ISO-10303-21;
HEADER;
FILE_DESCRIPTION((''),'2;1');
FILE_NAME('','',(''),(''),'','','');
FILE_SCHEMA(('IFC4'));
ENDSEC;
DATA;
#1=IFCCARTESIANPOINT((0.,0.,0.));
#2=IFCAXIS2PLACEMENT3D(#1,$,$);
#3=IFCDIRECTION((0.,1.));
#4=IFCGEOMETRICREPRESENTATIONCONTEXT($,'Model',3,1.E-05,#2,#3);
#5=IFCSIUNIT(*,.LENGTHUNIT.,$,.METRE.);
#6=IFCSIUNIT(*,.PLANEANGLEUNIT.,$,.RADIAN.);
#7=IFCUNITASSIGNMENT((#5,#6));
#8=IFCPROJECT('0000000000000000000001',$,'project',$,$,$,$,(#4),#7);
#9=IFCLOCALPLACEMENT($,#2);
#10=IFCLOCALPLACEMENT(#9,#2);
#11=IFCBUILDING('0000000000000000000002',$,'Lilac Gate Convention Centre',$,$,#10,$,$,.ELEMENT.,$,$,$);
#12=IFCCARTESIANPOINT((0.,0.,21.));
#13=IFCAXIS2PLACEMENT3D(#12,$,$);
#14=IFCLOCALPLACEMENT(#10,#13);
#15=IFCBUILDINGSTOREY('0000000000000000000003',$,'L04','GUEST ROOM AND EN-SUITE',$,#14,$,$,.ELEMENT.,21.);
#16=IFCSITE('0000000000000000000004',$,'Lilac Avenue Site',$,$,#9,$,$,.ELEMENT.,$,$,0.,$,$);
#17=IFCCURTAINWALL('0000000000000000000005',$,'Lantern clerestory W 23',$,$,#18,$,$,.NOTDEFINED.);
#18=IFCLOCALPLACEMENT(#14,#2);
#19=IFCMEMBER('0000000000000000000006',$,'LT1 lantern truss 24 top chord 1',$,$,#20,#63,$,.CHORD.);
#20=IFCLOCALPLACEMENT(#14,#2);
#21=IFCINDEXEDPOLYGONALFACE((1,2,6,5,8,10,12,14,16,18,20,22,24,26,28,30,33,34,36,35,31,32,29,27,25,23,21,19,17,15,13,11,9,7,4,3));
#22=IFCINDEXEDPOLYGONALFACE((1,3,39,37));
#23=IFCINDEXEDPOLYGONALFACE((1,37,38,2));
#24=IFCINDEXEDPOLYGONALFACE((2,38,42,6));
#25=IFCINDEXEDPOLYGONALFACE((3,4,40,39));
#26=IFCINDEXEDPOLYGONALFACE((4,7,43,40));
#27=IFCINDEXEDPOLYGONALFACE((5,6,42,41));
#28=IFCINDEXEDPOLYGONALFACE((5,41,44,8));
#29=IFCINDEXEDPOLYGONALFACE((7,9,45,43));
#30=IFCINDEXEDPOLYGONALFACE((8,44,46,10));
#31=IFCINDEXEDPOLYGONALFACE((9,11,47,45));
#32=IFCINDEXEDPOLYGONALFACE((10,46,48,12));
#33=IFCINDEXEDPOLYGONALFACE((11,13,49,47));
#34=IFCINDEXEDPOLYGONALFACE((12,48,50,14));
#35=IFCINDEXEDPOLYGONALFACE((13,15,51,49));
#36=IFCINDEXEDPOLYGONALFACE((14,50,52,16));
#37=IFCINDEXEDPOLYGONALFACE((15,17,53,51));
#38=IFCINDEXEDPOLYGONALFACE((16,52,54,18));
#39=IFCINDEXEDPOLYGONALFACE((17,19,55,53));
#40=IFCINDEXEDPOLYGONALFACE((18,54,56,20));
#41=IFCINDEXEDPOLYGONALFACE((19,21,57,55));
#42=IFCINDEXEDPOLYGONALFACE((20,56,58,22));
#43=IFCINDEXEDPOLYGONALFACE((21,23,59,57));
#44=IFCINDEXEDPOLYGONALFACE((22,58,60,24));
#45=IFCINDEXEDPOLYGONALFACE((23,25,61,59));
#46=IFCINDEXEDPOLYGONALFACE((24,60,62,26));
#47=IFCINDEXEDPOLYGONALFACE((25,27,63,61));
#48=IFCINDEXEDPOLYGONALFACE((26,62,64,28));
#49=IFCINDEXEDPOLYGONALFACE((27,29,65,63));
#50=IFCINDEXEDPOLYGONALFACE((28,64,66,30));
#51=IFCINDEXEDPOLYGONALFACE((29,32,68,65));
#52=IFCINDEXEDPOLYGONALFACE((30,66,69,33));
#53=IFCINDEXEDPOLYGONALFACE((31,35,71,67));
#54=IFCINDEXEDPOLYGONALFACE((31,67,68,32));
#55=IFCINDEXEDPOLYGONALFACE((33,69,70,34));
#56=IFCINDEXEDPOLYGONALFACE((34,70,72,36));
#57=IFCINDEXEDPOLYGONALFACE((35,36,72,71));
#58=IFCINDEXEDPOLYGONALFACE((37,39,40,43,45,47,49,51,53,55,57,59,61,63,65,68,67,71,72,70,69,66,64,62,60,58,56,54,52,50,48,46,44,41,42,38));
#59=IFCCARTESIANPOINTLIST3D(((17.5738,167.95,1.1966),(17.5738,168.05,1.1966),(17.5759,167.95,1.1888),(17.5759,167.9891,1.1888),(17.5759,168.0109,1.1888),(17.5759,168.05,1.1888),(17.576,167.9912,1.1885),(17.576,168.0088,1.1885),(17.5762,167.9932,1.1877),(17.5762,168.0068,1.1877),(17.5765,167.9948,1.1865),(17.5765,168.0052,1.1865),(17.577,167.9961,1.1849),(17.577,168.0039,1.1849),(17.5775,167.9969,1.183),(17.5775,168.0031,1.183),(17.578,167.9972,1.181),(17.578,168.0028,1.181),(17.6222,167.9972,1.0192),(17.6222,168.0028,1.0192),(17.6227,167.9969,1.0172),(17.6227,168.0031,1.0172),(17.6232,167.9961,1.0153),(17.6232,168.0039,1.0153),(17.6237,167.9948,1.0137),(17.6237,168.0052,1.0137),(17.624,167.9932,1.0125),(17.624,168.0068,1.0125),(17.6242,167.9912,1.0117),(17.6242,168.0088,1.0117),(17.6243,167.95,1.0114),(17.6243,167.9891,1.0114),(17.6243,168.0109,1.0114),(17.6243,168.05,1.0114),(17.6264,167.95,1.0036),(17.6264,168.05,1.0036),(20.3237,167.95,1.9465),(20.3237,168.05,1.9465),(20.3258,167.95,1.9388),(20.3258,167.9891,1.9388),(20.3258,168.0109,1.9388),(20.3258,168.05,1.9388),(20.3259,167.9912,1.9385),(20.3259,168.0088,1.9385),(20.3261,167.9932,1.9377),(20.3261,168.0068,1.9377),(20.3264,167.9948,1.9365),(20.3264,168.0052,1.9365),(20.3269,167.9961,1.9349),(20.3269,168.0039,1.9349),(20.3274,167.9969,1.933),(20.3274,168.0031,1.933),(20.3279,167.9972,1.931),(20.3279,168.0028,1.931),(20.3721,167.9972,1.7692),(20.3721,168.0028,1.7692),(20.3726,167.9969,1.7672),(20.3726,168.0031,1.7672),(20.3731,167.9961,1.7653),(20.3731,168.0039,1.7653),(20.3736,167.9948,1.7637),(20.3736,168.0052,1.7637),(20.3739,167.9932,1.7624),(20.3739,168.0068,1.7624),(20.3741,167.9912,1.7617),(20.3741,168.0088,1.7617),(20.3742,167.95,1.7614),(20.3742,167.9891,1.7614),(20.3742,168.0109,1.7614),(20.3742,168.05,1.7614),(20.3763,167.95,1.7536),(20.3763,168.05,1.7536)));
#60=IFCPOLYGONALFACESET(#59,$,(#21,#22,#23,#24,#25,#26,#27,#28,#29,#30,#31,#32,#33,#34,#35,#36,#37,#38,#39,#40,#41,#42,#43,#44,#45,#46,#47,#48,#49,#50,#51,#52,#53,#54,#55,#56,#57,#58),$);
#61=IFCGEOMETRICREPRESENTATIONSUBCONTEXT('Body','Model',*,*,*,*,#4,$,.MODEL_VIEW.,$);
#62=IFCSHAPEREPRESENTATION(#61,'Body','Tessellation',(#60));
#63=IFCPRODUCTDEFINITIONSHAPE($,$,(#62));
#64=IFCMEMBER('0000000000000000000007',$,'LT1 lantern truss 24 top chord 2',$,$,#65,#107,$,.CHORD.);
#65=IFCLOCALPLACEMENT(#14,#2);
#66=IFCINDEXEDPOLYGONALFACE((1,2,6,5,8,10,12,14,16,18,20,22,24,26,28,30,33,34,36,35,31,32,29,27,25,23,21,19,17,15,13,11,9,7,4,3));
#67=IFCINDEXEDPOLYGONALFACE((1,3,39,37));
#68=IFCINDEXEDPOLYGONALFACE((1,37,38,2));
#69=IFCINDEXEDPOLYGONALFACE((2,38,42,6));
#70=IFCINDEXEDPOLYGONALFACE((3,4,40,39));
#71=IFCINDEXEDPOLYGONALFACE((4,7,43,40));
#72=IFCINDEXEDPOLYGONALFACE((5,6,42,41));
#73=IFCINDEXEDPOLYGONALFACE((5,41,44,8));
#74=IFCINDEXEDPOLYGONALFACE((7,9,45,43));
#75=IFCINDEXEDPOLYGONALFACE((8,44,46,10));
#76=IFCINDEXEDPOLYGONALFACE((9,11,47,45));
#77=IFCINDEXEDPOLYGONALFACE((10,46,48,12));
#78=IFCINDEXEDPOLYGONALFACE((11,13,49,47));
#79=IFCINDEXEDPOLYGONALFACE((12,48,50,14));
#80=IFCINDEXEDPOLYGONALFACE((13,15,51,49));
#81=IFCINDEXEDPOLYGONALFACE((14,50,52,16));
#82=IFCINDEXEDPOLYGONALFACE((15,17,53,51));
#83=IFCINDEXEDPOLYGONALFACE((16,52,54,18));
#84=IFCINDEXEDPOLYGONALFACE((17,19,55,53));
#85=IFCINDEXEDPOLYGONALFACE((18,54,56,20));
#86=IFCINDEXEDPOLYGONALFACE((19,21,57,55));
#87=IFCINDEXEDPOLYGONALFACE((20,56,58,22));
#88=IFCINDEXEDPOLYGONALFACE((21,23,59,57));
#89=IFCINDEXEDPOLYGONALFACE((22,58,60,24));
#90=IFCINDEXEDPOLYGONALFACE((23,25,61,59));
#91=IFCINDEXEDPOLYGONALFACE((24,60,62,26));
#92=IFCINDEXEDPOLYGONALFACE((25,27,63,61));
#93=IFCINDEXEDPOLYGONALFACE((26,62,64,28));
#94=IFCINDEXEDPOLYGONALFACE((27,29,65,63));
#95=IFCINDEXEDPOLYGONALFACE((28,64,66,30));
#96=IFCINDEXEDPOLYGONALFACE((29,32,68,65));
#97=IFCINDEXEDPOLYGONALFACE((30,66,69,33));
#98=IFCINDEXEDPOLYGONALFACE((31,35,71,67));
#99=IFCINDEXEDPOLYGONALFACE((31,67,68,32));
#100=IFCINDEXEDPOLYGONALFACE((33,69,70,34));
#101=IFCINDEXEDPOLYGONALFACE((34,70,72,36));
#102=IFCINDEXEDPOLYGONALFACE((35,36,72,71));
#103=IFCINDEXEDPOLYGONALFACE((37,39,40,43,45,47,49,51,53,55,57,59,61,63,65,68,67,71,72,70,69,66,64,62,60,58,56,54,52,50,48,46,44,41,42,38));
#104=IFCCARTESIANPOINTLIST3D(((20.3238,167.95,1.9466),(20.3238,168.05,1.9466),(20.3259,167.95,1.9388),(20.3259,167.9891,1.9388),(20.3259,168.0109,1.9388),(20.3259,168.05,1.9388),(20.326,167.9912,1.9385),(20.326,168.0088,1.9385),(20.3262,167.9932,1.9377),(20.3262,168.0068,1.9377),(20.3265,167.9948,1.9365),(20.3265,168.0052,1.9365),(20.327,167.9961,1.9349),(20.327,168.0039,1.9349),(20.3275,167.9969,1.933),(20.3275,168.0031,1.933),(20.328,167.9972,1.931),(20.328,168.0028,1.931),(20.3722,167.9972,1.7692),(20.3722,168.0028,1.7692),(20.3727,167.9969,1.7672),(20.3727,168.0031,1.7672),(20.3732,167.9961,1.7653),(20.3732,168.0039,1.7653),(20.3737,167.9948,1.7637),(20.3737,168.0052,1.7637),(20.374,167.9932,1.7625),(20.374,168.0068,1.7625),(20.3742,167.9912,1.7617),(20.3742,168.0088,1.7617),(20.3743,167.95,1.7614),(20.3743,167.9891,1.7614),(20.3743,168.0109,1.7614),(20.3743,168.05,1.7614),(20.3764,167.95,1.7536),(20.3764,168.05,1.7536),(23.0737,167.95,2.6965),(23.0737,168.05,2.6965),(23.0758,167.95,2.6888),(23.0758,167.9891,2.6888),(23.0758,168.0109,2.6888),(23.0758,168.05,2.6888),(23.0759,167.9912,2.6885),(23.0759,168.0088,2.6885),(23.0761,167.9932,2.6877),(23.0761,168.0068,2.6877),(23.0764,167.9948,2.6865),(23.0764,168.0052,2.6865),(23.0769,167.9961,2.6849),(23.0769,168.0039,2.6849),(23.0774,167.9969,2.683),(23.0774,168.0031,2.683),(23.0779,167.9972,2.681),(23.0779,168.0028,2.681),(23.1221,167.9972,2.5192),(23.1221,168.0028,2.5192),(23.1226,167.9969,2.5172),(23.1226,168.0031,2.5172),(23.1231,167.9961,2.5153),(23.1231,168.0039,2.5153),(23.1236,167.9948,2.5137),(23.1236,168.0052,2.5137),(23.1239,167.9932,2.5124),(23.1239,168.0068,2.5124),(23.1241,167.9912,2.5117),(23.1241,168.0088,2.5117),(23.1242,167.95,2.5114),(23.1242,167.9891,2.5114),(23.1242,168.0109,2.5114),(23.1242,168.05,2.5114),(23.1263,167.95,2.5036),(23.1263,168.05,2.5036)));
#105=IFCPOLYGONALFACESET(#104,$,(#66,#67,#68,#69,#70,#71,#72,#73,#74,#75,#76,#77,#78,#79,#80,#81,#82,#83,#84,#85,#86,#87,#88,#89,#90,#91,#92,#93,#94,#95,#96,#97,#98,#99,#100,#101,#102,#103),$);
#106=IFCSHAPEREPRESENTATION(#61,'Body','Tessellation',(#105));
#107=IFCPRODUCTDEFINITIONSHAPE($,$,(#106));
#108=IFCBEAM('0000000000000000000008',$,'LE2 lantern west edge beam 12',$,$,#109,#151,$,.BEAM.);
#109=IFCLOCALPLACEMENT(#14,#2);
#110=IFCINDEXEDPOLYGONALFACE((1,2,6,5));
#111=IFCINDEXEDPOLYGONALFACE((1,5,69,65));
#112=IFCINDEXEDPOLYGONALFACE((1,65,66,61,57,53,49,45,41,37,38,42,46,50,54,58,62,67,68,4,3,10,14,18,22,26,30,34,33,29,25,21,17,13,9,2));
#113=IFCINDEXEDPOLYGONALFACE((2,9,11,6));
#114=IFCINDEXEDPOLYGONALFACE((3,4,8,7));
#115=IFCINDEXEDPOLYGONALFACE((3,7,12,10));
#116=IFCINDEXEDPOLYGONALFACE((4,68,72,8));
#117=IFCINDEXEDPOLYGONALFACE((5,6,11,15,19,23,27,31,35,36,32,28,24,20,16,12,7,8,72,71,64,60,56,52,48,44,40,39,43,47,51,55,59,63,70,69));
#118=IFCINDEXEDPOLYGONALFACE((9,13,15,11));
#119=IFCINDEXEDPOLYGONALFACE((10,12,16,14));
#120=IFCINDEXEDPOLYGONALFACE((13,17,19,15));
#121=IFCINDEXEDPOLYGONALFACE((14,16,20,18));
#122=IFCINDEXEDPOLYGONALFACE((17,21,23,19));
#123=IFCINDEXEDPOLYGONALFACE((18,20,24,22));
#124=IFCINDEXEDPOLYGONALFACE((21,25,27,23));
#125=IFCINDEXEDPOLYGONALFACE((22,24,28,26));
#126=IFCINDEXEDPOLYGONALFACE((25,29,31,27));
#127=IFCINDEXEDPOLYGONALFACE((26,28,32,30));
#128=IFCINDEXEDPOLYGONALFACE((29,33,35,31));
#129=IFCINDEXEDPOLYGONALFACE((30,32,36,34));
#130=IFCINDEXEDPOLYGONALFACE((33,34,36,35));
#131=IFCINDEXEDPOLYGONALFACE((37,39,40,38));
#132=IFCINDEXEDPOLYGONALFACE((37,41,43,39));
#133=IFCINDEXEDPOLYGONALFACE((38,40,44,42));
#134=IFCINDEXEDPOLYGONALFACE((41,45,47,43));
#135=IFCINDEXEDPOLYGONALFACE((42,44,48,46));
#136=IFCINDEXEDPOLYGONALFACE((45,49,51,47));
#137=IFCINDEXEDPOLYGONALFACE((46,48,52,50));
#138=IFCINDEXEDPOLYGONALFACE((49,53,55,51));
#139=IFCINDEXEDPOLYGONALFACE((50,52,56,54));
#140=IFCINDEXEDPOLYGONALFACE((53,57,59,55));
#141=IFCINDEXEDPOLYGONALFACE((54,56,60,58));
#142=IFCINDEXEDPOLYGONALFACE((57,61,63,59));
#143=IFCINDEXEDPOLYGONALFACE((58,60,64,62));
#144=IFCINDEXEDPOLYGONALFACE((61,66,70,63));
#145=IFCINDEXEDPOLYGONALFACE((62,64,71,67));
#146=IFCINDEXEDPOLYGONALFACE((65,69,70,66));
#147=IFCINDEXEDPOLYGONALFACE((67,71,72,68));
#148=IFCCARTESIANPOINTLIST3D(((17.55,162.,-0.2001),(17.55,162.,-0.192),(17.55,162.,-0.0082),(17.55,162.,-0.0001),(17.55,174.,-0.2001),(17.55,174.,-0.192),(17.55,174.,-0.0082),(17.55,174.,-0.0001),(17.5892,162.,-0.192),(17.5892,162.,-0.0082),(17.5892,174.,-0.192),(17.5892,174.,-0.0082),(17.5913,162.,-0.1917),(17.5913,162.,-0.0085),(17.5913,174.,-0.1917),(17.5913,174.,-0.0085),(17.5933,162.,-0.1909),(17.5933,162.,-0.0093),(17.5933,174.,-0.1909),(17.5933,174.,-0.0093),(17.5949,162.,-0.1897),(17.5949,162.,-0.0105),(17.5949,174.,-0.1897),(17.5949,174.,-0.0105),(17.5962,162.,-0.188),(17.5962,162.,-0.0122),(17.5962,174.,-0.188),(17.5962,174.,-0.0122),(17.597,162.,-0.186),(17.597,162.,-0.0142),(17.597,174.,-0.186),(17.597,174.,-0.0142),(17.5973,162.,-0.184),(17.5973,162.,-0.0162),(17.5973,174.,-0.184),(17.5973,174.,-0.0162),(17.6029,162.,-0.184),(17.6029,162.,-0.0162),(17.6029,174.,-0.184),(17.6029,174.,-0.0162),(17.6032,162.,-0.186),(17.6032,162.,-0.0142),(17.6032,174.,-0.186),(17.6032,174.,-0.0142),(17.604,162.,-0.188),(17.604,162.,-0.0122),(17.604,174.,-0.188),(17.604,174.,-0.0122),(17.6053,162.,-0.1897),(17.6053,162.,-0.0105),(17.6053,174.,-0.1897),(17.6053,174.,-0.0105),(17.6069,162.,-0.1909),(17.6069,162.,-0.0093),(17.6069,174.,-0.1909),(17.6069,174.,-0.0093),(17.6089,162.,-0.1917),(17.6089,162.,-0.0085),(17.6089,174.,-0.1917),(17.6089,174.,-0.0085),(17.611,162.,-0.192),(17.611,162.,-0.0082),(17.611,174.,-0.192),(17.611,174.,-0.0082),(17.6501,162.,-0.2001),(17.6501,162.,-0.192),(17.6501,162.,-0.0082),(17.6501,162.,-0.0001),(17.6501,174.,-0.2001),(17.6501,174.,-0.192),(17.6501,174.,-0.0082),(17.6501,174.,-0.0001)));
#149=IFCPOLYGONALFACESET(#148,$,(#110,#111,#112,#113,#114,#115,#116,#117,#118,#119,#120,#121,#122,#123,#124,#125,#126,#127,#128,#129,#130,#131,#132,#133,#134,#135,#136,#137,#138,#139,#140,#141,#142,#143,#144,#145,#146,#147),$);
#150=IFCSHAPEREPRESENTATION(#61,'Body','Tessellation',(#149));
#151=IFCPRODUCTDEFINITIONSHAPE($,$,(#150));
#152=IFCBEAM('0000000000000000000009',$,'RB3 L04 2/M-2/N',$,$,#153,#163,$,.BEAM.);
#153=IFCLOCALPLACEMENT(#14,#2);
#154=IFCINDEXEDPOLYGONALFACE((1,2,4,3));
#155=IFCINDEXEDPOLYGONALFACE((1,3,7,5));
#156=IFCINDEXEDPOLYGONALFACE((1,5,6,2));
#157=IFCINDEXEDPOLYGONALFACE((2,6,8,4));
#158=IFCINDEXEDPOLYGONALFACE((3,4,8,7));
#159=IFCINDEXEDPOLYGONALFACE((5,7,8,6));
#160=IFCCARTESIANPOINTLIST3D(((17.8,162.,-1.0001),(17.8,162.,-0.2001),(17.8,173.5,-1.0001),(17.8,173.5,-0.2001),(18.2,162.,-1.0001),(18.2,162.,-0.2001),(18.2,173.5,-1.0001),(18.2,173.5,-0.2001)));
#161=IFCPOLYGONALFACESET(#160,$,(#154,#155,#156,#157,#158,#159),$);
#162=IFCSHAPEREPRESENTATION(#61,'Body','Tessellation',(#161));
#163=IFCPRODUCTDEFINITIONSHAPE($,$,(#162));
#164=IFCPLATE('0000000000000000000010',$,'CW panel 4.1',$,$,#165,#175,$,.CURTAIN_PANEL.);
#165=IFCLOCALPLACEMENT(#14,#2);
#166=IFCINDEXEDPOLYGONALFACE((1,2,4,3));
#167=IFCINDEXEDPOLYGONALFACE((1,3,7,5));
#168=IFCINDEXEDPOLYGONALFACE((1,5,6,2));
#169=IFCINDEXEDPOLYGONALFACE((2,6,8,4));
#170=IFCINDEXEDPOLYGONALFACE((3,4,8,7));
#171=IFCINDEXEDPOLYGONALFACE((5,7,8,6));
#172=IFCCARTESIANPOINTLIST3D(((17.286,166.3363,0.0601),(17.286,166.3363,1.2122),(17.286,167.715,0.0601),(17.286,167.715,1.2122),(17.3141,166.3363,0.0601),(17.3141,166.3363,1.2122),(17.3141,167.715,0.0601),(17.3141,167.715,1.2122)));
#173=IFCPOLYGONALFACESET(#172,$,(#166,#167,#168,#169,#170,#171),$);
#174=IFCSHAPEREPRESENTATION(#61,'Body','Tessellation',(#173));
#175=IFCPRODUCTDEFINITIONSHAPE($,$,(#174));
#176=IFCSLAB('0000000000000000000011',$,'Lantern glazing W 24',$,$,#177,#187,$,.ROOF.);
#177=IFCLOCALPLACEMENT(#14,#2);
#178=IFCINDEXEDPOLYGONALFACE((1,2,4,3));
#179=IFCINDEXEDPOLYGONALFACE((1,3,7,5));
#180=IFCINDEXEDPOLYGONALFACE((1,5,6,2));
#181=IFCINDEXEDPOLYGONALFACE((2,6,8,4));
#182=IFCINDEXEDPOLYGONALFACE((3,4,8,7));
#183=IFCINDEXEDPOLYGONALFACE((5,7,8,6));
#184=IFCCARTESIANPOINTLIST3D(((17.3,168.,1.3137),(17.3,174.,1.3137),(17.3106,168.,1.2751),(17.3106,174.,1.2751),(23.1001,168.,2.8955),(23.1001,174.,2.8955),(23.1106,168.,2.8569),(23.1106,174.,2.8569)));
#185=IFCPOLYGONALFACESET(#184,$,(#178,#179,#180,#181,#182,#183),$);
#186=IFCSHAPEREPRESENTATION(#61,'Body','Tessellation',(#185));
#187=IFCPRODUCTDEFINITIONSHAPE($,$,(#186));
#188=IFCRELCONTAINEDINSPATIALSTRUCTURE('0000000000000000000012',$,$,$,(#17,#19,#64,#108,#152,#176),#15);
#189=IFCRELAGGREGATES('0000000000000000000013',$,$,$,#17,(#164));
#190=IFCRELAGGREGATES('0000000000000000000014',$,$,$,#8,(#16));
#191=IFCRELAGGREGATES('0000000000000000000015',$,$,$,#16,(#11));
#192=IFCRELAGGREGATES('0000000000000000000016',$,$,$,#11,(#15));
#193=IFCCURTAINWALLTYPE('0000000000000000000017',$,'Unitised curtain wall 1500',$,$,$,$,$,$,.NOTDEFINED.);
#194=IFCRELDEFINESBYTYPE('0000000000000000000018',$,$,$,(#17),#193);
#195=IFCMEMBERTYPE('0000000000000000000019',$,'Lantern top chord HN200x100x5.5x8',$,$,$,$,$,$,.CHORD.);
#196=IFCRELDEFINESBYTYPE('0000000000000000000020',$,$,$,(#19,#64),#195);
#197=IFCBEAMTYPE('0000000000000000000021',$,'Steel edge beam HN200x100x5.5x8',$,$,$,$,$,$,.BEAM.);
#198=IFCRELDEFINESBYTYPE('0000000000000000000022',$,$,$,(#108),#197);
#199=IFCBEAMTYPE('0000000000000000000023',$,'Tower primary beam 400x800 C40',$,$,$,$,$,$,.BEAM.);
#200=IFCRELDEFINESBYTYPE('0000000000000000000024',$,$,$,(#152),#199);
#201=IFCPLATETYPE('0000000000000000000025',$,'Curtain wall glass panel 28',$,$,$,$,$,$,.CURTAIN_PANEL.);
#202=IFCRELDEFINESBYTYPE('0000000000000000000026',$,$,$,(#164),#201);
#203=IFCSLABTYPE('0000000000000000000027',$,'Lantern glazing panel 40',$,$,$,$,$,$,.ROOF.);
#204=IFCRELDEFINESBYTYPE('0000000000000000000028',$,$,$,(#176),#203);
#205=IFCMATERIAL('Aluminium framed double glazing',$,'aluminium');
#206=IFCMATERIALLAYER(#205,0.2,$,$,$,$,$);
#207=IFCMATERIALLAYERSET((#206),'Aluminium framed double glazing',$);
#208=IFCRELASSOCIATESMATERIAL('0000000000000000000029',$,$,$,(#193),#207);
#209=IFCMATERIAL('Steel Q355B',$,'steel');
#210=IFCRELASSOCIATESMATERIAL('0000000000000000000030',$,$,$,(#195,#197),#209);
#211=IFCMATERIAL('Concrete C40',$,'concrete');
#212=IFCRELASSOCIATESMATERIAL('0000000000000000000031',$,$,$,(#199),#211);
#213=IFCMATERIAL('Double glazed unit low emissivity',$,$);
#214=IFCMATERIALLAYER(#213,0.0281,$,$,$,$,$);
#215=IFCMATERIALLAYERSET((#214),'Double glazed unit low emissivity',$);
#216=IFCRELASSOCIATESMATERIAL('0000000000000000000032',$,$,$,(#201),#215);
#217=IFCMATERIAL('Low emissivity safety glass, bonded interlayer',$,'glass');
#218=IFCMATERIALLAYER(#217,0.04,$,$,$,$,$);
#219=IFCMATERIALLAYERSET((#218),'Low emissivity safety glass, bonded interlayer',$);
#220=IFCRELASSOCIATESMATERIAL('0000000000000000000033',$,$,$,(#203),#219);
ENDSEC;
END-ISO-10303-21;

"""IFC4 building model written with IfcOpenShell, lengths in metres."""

from ifc_helpers import new_model, si_unit, direction, frame, origin, origin_2d, place, context, subcontext, project, spatial, polyline, rectangle, i_section, outline, extrude, material, layer, layer_set, material_profile, profile_set, type_object, element, aggregate, save


model = new_model("IFC4")

# Units and contexts
model_context = context("Model", 3, precision=1e-05, world=origin(), true_north=direction((0.0, 1.0)))
body_context = subcontext(model_context, "Body", "Model", "MODEL_VIEW")
ifc_project = project(units=[si_unit("LENGTHUNIT", "METRE"), si_unit("PLANEANGLEUNIT", "RADIAN")], contexts=[model_context])

# Site, building, storey
site_placement = place(None, origin())
site = spatial("IfcSite", under=ifc_project, at=site_placement, Name="Lilac Avenue Site", CompositionType="ELEMENT", RefElevation=0.0)
building_placement = place(site_placement, origin())
building = spatial("IfcBuilding", under=site, at=building_placement, Name="Lilac Gate Convention Centre", CompositionType="ELEMENT")
storey_placement = place(building_placement, frame((0.0, 0.0, 21.0)))
storey = spatial("IfcBuildingStorey", under=building, at=storey_placement, Name="L04", Description="GUEST ROOM AND EN-SUITE", CompositionType="ELEMENT", Elevation=21.0)

# Curtain wall
ifc_material_1 = material(Name="Aluminium framed double glazing", Category="aluminium")
ifc_layer_1 = layer(ifc_material_1, 0.2)
ifc_layer_set_1 = layer_set([ifc_layer_1], Name="Aluminium framed double glazing")
curtain_wall_type = type_object("IfcCurtainWallType", Name="Unitised curtain wall 1500", PredefinedType="NOTDEFINED", material=ifc_layer_set_1)
curtain_wall_1_placement = place(storey_placement, origin())
curtain_wall_1 = element("IfcCurtainWall", 1, at=curtain_wall_1_placement, inside=storey, type_object=curtain_wall_type, Name="Lantern clerestory W 23", PredefinedType="NOTDEFINED")

# Members
ifc_material_2 = material(Name="Steel Q355B", Category="steel")
ifc_material_profile_1 = material_profile(ifc_material_2, i_section(OverallWidth=0.1001, OverallDepth=0.2, WebThickness=0.0056, FlangeThickness=0.0081, FilletRadius=0.0081, at=origin_2d()), Name="HN200x100x5.5x8")
ifc_profile_set_1 = profile_set([ifc_material_profile_1], Name="Steel Q355B")
member_type_1 = type_object("IfcMemberType", Name="Lantern top chord HN200x100x5.5x8", PredefinedType="CHORD", material=ifc_profile_set_1)
for number, where, z_axis, x_axis, name in (
    (2, (17.6001, 168.0, 1.1001), (0.964764, 0.0, 0.263117), (0.0, 1.0, 0.0), "LT1 lantern truss 24 top chord 1"),
    (3, (20.3501, 168.0, 1.8501), (0.964764, 0.0, 0.263117), (0.0, 1.0, 0.0), "LT1 lantern truss 24 top chord 2"),
):
    element("IfcMember", number, at=place(storey_placement, frame(where, z_axis=z_axis, x_axis=x_axis)), inside=storey, type_object=member_type_1, Name=name, PredefinedType="CHORD", context=body_context, shape_type="SweptSolid", body=[
        extrude(i_section(OverallWidth=0.1001, OverallDepth=0.2, WebThickness=0.0056, FlangeThickness=0.0081, FilletRadius=0.0081, at=origin_2d()), origin(), (0.0, 0.0, 1.0), 2.8503),
    ])

# Beams
ifc_material_profile_2 = material_profile(ifc_material_2, i_section(OverallWidth=0.1001, OverallDepth=0.2, WebThickness=0.0056, FlangeThickness=0.0081, FilletRadius=0.0081, at=origin_2d()), Name="HN200x100x5.5x8")
ifc_profile_set_2 = profile_set([ifc_material_profile_2], Name="Steel Q355B")
beam_type_1 = type_object("IfcBeamType", Name="Steel edge beam HN200x100x5.5x8", PredefinedType="BEAM", material=ifc_profile_set_2)
beam_1_placement = place(storey_placement, frame((17.6001, 162.0, -0.1001), z_axis=(0.0, 1.0, 0.0), x_axis=(-1.0, 0.0, 0.0)))
element("IfcBeam", 4, at=beam_1_placement, inside=storey, type_object=beam_type_1, Name="LE2 lantern west edge beam 12", PredefinedType="BEAM", context=body_context, shape_type="SweptSolid", body=[
    extrude(i_section(OverallWidth=0.1001, OverallDepth=0.2, WebThickness=0.0056, FlangeThickness=0.0081, FilletRadius=0.0081, at=origin_2d()), origin(), (0.0, 0.0, 1.0), 12.0),
])
ifc_material_3 = material(Name="Concrete C40", Category="concrete")
ifc_material_profile_3 = material_profile(ifc_material_3, rectangle(XDim=0.3999, YDim=0.8, at=origin_2d()), Name="RC 400x800")
ifc_profile_set_3 = profile_set([ifc_material_profile_3], Name="Concrete C40")
beam_type_2 = type_object("IfcBeamType", Name="Tower primary beam 400x800 C40", PredefinedType="BEAM", material=ifc_profile_set_3)
beam_2_placement = place(storey_placement, frame((18.0, 162.0, -0.6001), z_axis=(0.0, 1.0, 0.0), x_axis=(-1.0, 0.0, 0.0)))
element("IfcBeam", 5, at=beam_2_placement, inside=storey, type_object=beam_type_2, Name="RB3 L04 2/M-2/N", PredefinedType="BEAM", context=body_context, shape_type="SweptSolid", body=[
    extrude(rectangle(XDim=0.3999, YDim=0.8, at=origin_2d()), origin(), (0.0, 0.0, 1.0), 11.5),
])

# Plate
ifc_material_4 = material(Name="Double glazed unit low emissivity")
ifc_layer_2 = layer(ifc_material_4, 0.0281)
ifc_layer_set_2 = layer_set([ifc_layer_2], Name="Double glazed unit low emissivity")
plate_type = type_object("IfcPlateType", Name="Curtain wall glass panel 28", PredefinedType="CURTAIN_PANEL", material=ifc_layer_set_2)
plate_placement = place(storey_placement, frame((17.3, 167.0256, 0.0601), z_axis=(0.0, 0.0, 1.0), x_axis=(0.0, 1.0, 0.0)))
plate = element("IfcPlate", 6, at=plate_placement, type_object=plate_type, Name="CW panel 4.1", PredefinedType="CURTAIN_PANEL", context=body_context, shape_type="SweptSolid", body=[
    extrude(rectangle(XDim=1.3787, YDim=0.0281, at=origin_2d()), origin(), (0.0, 0.0, 1.0), 1.1521),
])
aggregate(curtain_wall_1, [plate])

# Slab
ifc_material_5 = material(Name="Low emissivity safety glass, bonded interlayer", Category="glass")
ifc_layer_3 = layer(ifc_material_5, 0.04)
ifc_layer_set_3 = layer_set([ifc_layer_3], Name="Low emissivity safety glass, bonded interlayer")
slab_type = type_object("IfcSlabType", Name="Lantern glazing panel 40", PredefinedType="ROOF", material=ifc_layer_set_3)
slab_placement = place(storey_placement, frame((17.3, 168.0, 1.3137), z_axis=(-0.263111, 0.0, 0.964766), x_axis=(0.964766, 0.0, 0.263111)))
element("IfcSlab", 7, at=slab_placement, inside=storey, type_object=slab_type, Name="Lantern glazing W 24", PredefinedType="ROOF", context=body_context, shape_type="SweptSolid", body=[
    extrude(outline(polyline([(0.0, 0.0), (6.0119, 0.0), (6.0119, 6.0), (0.0, 6.0), (0.0, 0.0)])), origin(), (0.0, 0.0, -1.0), 0.04),
])

save(model, "model.ifc")
